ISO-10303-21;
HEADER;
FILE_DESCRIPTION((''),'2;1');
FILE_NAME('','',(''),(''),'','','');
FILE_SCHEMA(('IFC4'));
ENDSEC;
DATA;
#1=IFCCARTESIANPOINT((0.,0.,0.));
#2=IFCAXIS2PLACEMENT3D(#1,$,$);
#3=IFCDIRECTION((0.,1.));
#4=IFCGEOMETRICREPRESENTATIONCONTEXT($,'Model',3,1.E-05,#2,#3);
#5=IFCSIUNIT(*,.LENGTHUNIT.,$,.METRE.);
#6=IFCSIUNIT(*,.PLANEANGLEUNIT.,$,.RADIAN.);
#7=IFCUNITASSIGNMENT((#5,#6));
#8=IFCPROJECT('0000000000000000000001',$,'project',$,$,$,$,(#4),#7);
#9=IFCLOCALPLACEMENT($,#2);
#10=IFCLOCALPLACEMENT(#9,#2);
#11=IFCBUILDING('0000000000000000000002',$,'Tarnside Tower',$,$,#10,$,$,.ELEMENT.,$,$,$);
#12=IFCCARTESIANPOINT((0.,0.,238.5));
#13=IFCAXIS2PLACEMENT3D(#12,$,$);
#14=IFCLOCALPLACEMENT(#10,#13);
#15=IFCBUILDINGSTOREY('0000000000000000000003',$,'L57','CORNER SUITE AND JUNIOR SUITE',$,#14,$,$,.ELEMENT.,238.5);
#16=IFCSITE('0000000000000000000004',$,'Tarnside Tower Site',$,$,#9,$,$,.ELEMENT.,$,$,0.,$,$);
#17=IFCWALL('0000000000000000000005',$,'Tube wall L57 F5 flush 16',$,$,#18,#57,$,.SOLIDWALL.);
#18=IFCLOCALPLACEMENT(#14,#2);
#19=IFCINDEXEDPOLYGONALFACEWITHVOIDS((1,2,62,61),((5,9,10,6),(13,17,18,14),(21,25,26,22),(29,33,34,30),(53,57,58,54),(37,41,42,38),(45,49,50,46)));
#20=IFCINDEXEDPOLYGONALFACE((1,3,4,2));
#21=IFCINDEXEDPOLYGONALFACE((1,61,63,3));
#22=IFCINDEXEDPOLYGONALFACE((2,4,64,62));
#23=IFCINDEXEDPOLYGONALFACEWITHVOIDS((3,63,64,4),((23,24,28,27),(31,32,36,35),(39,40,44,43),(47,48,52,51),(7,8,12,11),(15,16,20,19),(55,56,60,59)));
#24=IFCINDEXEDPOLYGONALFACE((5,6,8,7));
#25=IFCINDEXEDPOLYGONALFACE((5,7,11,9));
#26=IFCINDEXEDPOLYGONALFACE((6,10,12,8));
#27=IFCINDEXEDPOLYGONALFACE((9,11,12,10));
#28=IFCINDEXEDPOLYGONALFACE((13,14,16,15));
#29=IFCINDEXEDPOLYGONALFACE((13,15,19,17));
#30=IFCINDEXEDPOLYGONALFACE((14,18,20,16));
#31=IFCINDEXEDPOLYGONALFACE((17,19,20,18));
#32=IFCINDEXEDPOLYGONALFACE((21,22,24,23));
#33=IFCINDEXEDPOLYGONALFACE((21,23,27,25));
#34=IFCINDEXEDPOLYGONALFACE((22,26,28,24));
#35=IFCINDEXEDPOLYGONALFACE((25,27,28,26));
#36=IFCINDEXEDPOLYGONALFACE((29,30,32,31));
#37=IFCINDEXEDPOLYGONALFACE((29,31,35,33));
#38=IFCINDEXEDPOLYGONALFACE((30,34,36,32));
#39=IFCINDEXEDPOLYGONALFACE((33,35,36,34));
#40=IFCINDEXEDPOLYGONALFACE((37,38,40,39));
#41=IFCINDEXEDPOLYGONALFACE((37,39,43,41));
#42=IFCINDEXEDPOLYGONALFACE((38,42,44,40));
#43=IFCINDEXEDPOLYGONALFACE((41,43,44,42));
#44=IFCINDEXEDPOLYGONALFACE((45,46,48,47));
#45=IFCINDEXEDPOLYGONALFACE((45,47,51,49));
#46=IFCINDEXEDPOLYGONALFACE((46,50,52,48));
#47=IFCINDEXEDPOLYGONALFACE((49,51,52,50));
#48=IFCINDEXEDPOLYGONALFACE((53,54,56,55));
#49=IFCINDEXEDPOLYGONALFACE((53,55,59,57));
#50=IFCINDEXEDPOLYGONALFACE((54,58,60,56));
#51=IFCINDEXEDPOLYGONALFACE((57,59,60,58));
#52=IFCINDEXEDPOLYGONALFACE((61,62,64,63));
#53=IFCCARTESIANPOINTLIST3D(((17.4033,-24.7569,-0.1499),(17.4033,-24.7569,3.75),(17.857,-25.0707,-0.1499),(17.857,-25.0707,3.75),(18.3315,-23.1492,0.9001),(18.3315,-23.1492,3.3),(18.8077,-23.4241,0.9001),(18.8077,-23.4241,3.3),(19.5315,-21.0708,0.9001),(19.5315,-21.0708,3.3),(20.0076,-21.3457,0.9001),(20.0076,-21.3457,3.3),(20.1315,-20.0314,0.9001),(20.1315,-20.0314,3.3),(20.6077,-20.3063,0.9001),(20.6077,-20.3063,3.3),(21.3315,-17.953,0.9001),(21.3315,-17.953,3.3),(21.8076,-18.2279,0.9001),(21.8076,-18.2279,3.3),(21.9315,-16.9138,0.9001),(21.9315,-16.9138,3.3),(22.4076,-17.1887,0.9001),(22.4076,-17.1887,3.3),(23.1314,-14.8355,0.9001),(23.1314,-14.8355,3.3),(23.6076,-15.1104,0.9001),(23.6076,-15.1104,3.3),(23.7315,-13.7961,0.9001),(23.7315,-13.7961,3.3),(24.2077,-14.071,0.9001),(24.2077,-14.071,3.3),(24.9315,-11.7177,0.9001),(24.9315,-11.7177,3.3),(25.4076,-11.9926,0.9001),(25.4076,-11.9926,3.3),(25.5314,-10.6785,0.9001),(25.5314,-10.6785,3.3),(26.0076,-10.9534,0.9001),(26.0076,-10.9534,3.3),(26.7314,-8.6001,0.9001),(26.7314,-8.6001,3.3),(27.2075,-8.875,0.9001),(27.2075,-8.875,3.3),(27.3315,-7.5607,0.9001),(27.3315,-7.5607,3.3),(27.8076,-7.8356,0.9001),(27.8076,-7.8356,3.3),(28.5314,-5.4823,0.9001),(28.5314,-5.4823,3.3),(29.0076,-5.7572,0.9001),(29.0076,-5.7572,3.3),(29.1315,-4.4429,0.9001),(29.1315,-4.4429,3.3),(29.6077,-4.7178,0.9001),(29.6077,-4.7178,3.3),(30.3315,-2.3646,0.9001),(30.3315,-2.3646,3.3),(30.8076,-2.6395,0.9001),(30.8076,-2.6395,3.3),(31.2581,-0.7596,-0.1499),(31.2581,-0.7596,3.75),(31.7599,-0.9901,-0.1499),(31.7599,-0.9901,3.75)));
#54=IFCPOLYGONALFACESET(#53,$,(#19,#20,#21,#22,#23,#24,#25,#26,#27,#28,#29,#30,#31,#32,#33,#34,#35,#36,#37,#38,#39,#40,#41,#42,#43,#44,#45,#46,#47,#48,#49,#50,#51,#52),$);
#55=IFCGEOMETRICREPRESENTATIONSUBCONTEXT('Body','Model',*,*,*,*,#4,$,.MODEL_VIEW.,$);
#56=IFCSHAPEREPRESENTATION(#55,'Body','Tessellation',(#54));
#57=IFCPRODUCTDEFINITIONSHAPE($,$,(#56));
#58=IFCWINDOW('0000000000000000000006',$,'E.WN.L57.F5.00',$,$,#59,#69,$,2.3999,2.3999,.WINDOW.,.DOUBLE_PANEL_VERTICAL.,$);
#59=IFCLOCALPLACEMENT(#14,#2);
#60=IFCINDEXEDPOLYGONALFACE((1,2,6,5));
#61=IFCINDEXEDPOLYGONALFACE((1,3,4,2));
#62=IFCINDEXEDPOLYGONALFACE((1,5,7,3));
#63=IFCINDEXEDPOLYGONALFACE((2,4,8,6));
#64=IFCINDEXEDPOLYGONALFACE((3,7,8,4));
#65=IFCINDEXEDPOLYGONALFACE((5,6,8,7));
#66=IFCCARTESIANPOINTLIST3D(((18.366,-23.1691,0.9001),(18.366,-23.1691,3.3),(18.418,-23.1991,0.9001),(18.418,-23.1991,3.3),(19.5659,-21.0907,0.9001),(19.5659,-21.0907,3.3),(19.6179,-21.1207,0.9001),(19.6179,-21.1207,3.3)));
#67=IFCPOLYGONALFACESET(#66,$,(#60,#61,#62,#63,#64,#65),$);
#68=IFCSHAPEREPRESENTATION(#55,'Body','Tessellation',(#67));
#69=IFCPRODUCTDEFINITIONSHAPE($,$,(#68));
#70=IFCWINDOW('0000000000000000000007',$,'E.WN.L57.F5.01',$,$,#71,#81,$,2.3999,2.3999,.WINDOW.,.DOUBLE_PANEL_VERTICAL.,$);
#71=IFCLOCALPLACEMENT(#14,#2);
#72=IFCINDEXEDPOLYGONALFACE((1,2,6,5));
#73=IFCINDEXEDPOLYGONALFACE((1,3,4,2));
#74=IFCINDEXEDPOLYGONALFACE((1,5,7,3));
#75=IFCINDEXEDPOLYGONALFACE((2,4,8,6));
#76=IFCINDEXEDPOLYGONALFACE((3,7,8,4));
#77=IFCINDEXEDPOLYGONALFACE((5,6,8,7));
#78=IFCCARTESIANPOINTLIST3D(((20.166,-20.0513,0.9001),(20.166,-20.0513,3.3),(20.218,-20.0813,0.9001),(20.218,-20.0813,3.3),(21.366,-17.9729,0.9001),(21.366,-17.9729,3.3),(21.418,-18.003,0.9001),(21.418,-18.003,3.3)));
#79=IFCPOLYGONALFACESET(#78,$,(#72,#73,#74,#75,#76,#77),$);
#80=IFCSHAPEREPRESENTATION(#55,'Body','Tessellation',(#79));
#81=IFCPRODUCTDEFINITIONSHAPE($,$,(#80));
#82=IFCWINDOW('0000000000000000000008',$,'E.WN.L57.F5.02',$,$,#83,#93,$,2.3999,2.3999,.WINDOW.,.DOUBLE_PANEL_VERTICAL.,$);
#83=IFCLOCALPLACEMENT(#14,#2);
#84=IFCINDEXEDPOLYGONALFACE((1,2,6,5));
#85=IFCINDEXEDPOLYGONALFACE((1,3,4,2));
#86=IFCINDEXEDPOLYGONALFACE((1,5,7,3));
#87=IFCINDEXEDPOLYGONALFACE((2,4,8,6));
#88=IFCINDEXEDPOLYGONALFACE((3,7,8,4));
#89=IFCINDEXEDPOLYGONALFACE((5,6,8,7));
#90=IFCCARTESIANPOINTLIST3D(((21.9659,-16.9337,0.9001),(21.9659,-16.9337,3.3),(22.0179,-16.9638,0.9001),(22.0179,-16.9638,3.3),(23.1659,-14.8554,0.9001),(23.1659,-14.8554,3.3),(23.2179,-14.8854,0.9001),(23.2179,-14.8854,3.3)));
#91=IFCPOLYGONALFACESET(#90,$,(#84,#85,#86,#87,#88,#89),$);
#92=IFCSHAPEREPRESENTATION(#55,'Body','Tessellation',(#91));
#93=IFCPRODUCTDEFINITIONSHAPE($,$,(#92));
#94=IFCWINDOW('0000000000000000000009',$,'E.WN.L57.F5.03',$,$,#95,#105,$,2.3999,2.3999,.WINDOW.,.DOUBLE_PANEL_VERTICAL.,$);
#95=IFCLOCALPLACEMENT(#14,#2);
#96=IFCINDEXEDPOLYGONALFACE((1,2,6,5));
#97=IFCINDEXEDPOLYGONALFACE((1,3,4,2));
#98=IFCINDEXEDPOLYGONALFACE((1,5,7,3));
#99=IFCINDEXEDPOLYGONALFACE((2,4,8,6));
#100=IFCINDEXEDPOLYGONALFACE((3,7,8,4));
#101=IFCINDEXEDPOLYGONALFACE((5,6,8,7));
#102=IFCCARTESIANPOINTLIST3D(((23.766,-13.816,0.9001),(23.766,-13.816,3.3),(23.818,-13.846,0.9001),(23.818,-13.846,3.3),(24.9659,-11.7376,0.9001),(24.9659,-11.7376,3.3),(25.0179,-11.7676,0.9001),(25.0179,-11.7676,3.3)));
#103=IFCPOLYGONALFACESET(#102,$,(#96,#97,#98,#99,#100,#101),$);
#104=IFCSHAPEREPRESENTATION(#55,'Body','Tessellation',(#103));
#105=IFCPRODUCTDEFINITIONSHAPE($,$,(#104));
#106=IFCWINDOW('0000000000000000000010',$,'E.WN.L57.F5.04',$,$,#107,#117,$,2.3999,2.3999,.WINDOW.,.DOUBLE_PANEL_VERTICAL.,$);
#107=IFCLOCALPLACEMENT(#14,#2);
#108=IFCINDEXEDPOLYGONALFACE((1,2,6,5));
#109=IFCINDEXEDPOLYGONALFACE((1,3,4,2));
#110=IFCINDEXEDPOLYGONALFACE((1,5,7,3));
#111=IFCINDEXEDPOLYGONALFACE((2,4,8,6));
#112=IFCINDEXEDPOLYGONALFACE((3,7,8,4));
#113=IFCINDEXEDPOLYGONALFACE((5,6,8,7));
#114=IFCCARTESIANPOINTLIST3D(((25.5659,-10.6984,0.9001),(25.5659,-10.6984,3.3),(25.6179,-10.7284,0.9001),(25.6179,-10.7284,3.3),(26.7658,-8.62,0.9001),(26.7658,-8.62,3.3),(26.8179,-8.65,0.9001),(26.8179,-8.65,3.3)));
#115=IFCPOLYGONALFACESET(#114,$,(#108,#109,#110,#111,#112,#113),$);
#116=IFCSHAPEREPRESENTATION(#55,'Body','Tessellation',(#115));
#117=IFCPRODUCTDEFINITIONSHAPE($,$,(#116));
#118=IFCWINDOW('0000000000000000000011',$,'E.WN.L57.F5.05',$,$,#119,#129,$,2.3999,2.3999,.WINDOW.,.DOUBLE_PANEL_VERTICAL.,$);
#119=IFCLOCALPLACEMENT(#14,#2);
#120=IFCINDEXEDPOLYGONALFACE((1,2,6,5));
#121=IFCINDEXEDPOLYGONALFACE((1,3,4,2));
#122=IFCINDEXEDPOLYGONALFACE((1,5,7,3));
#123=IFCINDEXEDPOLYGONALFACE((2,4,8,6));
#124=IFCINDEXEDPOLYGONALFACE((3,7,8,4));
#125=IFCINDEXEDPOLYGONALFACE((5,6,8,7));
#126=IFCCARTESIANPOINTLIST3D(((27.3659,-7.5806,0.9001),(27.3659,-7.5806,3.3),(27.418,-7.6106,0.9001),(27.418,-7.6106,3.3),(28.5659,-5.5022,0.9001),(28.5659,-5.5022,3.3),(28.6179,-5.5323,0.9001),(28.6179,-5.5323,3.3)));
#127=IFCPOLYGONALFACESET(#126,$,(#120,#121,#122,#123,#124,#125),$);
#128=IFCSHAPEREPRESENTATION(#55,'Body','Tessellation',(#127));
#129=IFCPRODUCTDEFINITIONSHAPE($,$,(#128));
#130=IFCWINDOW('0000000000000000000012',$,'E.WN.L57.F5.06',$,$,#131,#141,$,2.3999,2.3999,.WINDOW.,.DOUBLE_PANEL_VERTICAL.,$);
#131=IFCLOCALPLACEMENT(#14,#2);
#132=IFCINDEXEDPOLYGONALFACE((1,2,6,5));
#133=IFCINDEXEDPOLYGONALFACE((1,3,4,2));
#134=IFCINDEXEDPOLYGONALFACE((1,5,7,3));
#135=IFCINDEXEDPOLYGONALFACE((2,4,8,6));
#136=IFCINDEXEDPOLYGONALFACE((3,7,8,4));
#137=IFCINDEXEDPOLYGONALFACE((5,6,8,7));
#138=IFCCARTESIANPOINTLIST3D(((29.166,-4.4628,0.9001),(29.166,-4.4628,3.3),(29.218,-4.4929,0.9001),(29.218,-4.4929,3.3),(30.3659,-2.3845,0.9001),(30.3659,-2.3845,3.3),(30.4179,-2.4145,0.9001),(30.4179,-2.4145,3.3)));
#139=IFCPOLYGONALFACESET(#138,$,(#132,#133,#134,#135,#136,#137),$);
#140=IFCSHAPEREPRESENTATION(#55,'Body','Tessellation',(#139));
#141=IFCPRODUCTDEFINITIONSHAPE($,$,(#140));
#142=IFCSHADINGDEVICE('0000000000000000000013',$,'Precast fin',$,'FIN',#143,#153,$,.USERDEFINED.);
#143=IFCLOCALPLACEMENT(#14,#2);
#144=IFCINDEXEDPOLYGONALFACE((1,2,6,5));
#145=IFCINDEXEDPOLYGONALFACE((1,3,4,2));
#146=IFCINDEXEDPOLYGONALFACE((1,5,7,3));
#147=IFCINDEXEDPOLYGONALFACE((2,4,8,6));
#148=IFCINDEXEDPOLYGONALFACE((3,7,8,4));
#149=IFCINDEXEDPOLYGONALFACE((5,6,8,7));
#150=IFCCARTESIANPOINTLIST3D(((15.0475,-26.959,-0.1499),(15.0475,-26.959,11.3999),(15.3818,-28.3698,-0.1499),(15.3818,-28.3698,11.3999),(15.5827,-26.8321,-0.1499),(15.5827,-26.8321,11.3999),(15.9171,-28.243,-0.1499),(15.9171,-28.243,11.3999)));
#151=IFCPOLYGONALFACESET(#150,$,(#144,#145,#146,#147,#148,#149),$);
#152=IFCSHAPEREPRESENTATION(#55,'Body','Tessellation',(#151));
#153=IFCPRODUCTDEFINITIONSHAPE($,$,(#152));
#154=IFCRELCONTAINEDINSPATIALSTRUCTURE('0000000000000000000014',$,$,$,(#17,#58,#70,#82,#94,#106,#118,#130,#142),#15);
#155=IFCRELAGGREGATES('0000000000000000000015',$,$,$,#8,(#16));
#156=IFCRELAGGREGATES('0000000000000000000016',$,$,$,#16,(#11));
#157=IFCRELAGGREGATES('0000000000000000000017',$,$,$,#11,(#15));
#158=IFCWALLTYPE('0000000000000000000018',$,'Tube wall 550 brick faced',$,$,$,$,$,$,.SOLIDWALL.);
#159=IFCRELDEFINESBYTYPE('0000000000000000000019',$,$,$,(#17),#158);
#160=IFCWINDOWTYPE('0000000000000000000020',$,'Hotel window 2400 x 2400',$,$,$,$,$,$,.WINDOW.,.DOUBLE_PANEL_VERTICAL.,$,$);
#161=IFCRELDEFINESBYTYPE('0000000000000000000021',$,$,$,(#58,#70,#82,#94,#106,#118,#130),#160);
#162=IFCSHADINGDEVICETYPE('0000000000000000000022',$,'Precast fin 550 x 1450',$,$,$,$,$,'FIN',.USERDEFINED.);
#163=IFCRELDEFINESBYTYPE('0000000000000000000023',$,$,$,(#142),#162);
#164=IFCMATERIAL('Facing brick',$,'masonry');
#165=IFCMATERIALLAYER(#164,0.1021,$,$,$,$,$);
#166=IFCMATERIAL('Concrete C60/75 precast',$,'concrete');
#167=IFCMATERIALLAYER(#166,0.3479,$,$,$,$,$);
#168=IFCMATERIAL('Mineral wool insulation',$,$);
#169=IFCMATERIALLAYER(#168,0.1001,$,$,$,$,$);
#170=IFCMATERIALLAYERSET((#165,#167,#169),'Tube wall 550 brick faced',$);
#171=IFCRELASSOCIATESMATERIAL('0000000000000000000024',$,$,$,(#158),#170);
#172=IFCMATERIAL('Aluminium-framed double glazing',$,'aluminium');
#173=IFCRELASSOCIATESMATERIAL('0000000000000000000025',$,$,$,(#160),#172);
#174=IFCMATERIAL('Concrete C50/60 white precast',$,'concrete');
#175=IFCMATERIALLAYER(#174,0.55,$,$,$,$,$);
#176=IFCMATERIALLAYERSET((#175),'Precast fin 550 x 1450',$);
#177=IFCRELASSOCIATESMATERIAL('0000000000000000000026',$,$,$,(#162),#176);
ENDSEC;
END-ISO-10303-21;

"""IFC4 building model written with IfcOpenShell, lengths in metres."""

from ifc_helpers import new_model, si_unit, direction, frame, frame_2d, origin, place, context, subcontext, project, spatial, polyline, rectangle, outline, extrude, material, layer, layer_set, type_object, element, fill, save


model = new_model("IFC4")

# Units and contexts
model_context = context("Model", 3, precision=1e-05, world=origin(), true_north=direction((0.0, 1.0)))
body_context = subcontext(model_context, "Body", "Model", "MODEL_VIEW")
ifc_project = project(units=[si_unit("LENGTHUNIT", "METRE"), si_unit("PLANEANGLEUNIT", "RADIAN")], contexts=[model_context])

# Site, building, storey
site_placement = place(None, origin())
site = spatial("IfcSite", under=ifc_project, at=site_placement, Name="Tarnside Tower Site", CompositionType="ELEMENT", RefElevation=0.0)
building_placement = place(site_placement, origin())
building = spatial("IfcBuilding", under=site, at=building_placement, Name="Tarnside Tower", CompositionType="ELEMENT")
storey_placement = place(building_placement, frame((0.0, 0.0, 238.5)))
storey = spatial("IfcBuildingStorey", under=building, at=storey_placement, Name="L57", Description="CORNER SUITE AND JUNIOR SUITE", CompositionType="ELEMENT", Elevation=238.5)

# Shared definitions
ifc_material_1 = material(Name="Facing brick", Category="masonry")
ifc_layer_1 = layer(ifc_material_1, 0.1021)
ifc_material_2 = material(Name="Concrete C60/75 precast", Category="concrete")
ifc_layer_2 = layer(ifc_material_2, 0.3479)
ifc_material_3 = material(Name="Mineral wool insulation")
ifc_layer_3 = layer(ifc_material_3, 0.1001)
ifc_layer_set_1 = layer_set([ifc_layer_1, ifc_layer_2, ifc_layer_3], Name="Tube wall 550 brick faced")
wall_type_1 = type_object("IfcWallType", Name="Tube wall 550 brick faced", PredefinedType="SOLIDWALL", material=ifc_layer_set_1)

# Wall, openings, windows
wall_1_placement = place(storey_placement, frame((17.6301, -24.9138, -0.1499), z_axis=(0.0, 0.0, 1.0), x_axis=(0.499999, 0.866026, 0.0)))
wall_1 = element("IfcWall", 1, at=wall_1_placement, inside=storey, type_object=wall_type_1, Name="Tube wall L57 F5 flush 16", PredefinedType="SOLIDWALL", context=body_context, shape_type="SweptSolid", body=[
    extrude(outline(polyline([(-0.0225, -0.2749), (27.7834, -0.2749), (27.7322, 0.2749), (0.0225, 0.2749), (-0.0225, -0.2749)])), origin(), (0.0, 0.0, 1.0), 3.8999),
])
opening_1_placement = place(wall_1_placement, frame((1.8789, 0.0, 1.05)))
opening_1 = element("IfcOpeningElement", 2, at=opening_1_placement, cuts=wall_1, PredefinedType="OPENING", context=body_context, shape_type="SweptSolid", body=[
    extrude(rectangle(XDim=2.3999, YDim=2.3999, at=frame_2d((1.2, 1.2))), frame((0.0, 0.2852, 0.0), z_axis=(0.0, -1.0, 0.0), x_axis=(1.0, 0.0, 0.0)), (0.0, 0.0, 1.0), 0.5701),
])
opening_2_placement = place(wall_1_placement, frame((5.479, 0.0, 1.05)))
opening_2 = element("IfcOpeningElement", 3, at=opening_2_placement, cuts=wall_1, PredefinedType="OPENING", context=body_context, shape_type="SweptSolid", body=[
    extrude(rectangle(XDim=2.3999, YDim=2.3999, at=frame_2d((1.2, 1.2))), frame((0.0, 0.2852, 0.0), z_axis=(0.0, -1.0, 0.0), x_axis=(1.0, 0.0, 0.0)), (0.0, 0.0, 1.0), 0.5701),
])
opening_3_placement = place(wall_1_placement, frame((9.0789, 0.0, 1.05)))
opening_3 = element("IfcOpeningElement", 4, at=opening_3_placement, cuts=wall_1, PredefinedType="OPENING", context=body_context, shape_type="SweptSolid", body=[
    extrude(rectangle(XDim=2.3999, YDim=2.3999, at=frame_2d((1.2, 1.2))), frame((0.0, 0.2852, 0.0), z_axis=(0.0, -1.0, 0.0), x_axis=(1.0, 0.0, 0.0)), (0.0, 0.0, 1.0), 0.5701),
])
opening_4_placement = place(wall_1_placement, frame((12.679, 0.0, 1.05)))
opening_4 = element("IfcOpeningElement", 5, at=opening_4_placement, cuts=wall_1, PredefinedType="OPENING", context=body_context, shape_type="SweptSolid", body=[
    extrude(rectangle(XDim=2.3999, YDim=2.3999, at=frame_2d((1.2, 1.2))), frame((0.0, 0.2852, 0.0), z_axis=(0.0, -1.0, 0.0), x_axis=(1.0, 0.0, 0.0)), (0.0, 0.0, 1.0), 0.5701),
])
opening_5_placement = place(wall_1_placement, frame((16.2788, 0.0, 1.05)))
opening_5 = element("IfcOpeningElement", 6, at=opening_5_placement, cuts=wall_1, PredefinedType="OPENING", context=body_context, shape_type="SweptSolid", body=[
    extrude(rectangle(XDim=2.3999, YDim=2.3999, at=frame_2d((1.2, 1.2))), frame((0.0, 0.2852, 0.0), z_axis=(0.0, -1.0, 0.0), x_axis=(1.0, 0.0, 0.0)), (0.0, 0.0, 1.0), 0.5701),
])
opening_6_placement = place(wall_1_placement, frame((19.8789, 0.0, 1.05)))
opening_6 = element("IfcOpeningElement", 7, at=opening_6_placement, cuts=wall_1, PredefinedType="OPENING", context=body_context, shape_type="SweptSolid", body=[
    extrude(rectangle(XDim=2.3999, YDim=2.3999, at=frame_2d((1.2, 1.2))), frame((0.0, 0.2852, 0.0), z_axis=(0.0, -1.0, 0.0), x_axis=(1.0, 0.0, 0.0)), (0.0, 0.0, 1.0), 0.5701),
])
opening_7_placement = place(wall_1_placement, frame((23.479, 0.0, 1.05)))
opening_7 = element("IfcOpeningElement", 8, at=opening_7_placement, cuts=wall_1, PredefinedType="OPENING", context=body_context, shape_type="SweptSolid", body=[
    extrude(rectangle(XDim=2.3999, YDim=2.3999, at=frame_2d((1.2, 1.2))), frame((0.0, 0.2852, 0.0), z_axis=(0.0, -1.0, 0.0), x_axis=(1.0, 0.0, 0.0)), (0.0, 0.0, 1.0), 0.5701),
])
ifc_material_4 = material(Name="Aluminium-framed double glazing", Category="aluminium")
window_type = type_object("IfcWindowType", Name="Hotel window 2400 x 2400", PartitioningType="DOUBLE_PANEL_VERTICAL", PredefinedType="WINDOW", material=ifc_material_4)
window_1_placement = place(opening_1_placement, frame((0.0, 0.2051, 0.0)))
window_1 = element("IfcWindow", 9, at=window_1_placement, inside=storey, type_object=window_type, Name="E.WN.L57.F5.00", OverallHeight=2.3999, OverallWidth=2.3999, PartitioningType="DOUBLE_PANEL_VERTICAL", PredefinedType="WINDOW", context=body_context, shape_type="SweptSolid", body=[
    extrude(rectangle(XDim=2.3999, YDim=2.3999, at=frame_2d((1.2, 1.2))), frame((0.0, 0.03, 0.0), z_axis=(0.0, -1.0, 0.0), x_axis=(1.0, 0.0, 0.0)), (0.0, 0.0, 1.0), 0.0601),
])
fill(opening_1, window_1)
window_2_placement = place(opening_2_placement, frame((0.0, 0.2051, 0.0)))
window_2 = element("IfcWindow", 10, at=window_2_placement, inside=storey, type_object=window_type, Name="E.WN.L57.F5.01", OverallHeight=2.3999, OverallWidth=2.3999, PartitioningType="DOUBLE_PANEL_VERTICAL", PredefinedType="WINDOW", context=body_context, shape_type="SweptSolid", body=[
    extrude(rectangle(XDim=2.3999, YDim=2.3999, at=frame_2d((1.2, 1.2))), frame((0.0, 0.03, 0.0), z_axis=(0.0, -1.0, 0.0), x_axis=(1.0, 0.0, 0.0)), (0.0, 0.0, 1.0), 0.0601),
])
fill(opening_2, window_2)
window_3_placement = place(opening_3_placement, frame((0.0, 0.2051, 0.0)))
window_3 = element("IfcWindow", 11, at=window_3_placement, inside=storey, type_object=window_type, Name="E.WN.L57.F5.02", OverallHeight=2.3999, OverallWidth=2.3999, PartitioningType="DOUBLE_PANEL_VERTICAL", PredefinedType="WINDOW", context=body_context, shape_type="SweptSolid", body=[
    extrude(rectangle(XDim=2.3999, YDim=2.3999, at=frame_2d((1.2, 1.2))), frame((0.0, 0.03, 0.0), z_axis=(0.0, -1.0, 0.0), x_axis=(1.0, 0.0, 0.0)), (0.0, 0.0, 1.0), 0.0601),
])
fill(opening_3, window_3)
window_4_placement = place(opening_4_placement, frame((0.0, 0.2051, 0.0)))
window_4 = element("IfcWindow", 12, at=window_4_placement, inside=storey, type_object=window_type, Name="E.WN.L57.F5.03", OverallHeight=2.3999, OverallWidth=2.3999, PartitioningType="DOUBLE_PANEL_VERTICAL", PredefinedType="WINDOW", context=body_context, shape_type="SweptSolid", body=[
    extrude(rectangle(XDim=2.3999, YDim=2.3999, at=frame_2d((1.2, 1.2))), frame((0.0, 0.03, 0.0), z_axis=(0.0, -1.0, 0.0), x_axis=(1.0, 0.0, 0.0)), (0.0, 0.0, 1.0), 0.0601),
])
fill(opening_4, window_4)
window_5_placement = place(opening_5_placement, frame((0.0, 0.2051, 0.0)))
window_5 = element("IfcWindow", 13, at=window_5_placement, inside=storey, type_object=window_type, Name="E.WN.L57.F5.04", OverallHeight=2.3999, OverallWidth=2.3999, PartitioningType="DOUBLE_PANEL_VERTICAL", PredefinedType="WINDOW", context=body_context, shape_type="SweptSolid", body=[
    extrude(rectangle(XDim=2.3999, YDim=2.3999, at=frame_2d((1.2, 1.2))), frame((0.0, 0.03, 0.0), z_axis=(0.0, -1.0, 0.0), x_axis=(1.0, 0.0, 0.0)), (0.0, 0.0, 1.0), 0.0601),
])
fill(opening_5, window_5)
window_6_placement = place(opening_6_placement, frame((0.0, 0.2051, 0.0)))
window_6 = element("IfcWindow", 14, at=window_6_placement, inside=storey, type_object=window_type, Name="E.WN.L57.F5.05", OverallHeight=2.3999, OverallWidth=2.3999, PartitioningType="DOUBLE_PANEL_VERTICAL", PredefinedType="WINDOW", context=body_context, shape_type="SweptSolid", body=[
    extrude(rectangle(XDim=2.3999, YDim=2.3999, at=frame_2d((1.2, 1.2))), frame((0.0, 0.03, 0.0), z_axis=(0.0, -1.0, 0.0), x_axis=(1.0, 0.0, 0.0)), (0.0, 0.0, 1.0), 0.0601),
])
fill(opening_6, window_6)
window_7_placement = place(opening_7_placement, frame((0.0, 0.2051, 0.0)))
window_7 = element("IfcWindow", 15, at=window_7_placement, inside=storey, type_object=window_type, Name="E.WN.L57.F5.06", OverallHeight=2.3999, OverallWidth=2.3999, PartitioningType="DOUBLE_PANEL_VERTICAL", PredefinedType="WINDOW", context=body_context, shape_type="SweptSolid", body=[
    extrude(rectangle(XDim=2.3999, YDim=2.3999, at=frame_2d((1.2, 1.2))), frame((0.0, 0.03, 0.0), z_axis=(0.0, -1.0, 0.0), x_axis=(1.0, 0.0, 0.0)), (0.0, 0.0, 1.0), 0.0601),
])
fill(opening_7, window_7)

# Shading device
ifc_material_5 = material(Name="Concrete C50/60 white precast", Category="concrete")
ifc_layer_4 = layer(ifc_material_5, 0.55)
ifc_layer_set_2 = layer_set([ifc_layer_4], Name="Precast fin 550 x 1450")
shading_device_type_1 = type_object("IfcShadingDeviceType", Name="Precast fin 550 x 1450", ElementType="FIN", PredefinedType="USERDEFINED", material=ifc_layer_set_2)
for number, where, z_axis, x_axis, name in (
    (16, (15.3152, -26.8955, -0.1499), (-0.973045, -0.230616, 0.0), (0.230616, -0.973045, 0.0), "Precast fin"),
):
    element("IfcShadingDevice", number, at=place(storey_placement, frame(where, z_axis=z_axis, x_axis=x_axis)), inside=storey, type_object=shading_device_type_1, Name=name, ObjectType="FIN", PredefinedType="USERDEFINED", context=body_context, shape_type="SweptSolid", body=[
        extrude(outline(polyline([(0.0, 0.0), (1.45, 0.0), (1.45, 11.5498), (0.0, 11.5498), (0.0, 0.0)])), frame((0.0, 0.0, -0.2749)), (0.0, 0.0, 1.0), 0.55),
    ])

save(model, "model.ifc")
